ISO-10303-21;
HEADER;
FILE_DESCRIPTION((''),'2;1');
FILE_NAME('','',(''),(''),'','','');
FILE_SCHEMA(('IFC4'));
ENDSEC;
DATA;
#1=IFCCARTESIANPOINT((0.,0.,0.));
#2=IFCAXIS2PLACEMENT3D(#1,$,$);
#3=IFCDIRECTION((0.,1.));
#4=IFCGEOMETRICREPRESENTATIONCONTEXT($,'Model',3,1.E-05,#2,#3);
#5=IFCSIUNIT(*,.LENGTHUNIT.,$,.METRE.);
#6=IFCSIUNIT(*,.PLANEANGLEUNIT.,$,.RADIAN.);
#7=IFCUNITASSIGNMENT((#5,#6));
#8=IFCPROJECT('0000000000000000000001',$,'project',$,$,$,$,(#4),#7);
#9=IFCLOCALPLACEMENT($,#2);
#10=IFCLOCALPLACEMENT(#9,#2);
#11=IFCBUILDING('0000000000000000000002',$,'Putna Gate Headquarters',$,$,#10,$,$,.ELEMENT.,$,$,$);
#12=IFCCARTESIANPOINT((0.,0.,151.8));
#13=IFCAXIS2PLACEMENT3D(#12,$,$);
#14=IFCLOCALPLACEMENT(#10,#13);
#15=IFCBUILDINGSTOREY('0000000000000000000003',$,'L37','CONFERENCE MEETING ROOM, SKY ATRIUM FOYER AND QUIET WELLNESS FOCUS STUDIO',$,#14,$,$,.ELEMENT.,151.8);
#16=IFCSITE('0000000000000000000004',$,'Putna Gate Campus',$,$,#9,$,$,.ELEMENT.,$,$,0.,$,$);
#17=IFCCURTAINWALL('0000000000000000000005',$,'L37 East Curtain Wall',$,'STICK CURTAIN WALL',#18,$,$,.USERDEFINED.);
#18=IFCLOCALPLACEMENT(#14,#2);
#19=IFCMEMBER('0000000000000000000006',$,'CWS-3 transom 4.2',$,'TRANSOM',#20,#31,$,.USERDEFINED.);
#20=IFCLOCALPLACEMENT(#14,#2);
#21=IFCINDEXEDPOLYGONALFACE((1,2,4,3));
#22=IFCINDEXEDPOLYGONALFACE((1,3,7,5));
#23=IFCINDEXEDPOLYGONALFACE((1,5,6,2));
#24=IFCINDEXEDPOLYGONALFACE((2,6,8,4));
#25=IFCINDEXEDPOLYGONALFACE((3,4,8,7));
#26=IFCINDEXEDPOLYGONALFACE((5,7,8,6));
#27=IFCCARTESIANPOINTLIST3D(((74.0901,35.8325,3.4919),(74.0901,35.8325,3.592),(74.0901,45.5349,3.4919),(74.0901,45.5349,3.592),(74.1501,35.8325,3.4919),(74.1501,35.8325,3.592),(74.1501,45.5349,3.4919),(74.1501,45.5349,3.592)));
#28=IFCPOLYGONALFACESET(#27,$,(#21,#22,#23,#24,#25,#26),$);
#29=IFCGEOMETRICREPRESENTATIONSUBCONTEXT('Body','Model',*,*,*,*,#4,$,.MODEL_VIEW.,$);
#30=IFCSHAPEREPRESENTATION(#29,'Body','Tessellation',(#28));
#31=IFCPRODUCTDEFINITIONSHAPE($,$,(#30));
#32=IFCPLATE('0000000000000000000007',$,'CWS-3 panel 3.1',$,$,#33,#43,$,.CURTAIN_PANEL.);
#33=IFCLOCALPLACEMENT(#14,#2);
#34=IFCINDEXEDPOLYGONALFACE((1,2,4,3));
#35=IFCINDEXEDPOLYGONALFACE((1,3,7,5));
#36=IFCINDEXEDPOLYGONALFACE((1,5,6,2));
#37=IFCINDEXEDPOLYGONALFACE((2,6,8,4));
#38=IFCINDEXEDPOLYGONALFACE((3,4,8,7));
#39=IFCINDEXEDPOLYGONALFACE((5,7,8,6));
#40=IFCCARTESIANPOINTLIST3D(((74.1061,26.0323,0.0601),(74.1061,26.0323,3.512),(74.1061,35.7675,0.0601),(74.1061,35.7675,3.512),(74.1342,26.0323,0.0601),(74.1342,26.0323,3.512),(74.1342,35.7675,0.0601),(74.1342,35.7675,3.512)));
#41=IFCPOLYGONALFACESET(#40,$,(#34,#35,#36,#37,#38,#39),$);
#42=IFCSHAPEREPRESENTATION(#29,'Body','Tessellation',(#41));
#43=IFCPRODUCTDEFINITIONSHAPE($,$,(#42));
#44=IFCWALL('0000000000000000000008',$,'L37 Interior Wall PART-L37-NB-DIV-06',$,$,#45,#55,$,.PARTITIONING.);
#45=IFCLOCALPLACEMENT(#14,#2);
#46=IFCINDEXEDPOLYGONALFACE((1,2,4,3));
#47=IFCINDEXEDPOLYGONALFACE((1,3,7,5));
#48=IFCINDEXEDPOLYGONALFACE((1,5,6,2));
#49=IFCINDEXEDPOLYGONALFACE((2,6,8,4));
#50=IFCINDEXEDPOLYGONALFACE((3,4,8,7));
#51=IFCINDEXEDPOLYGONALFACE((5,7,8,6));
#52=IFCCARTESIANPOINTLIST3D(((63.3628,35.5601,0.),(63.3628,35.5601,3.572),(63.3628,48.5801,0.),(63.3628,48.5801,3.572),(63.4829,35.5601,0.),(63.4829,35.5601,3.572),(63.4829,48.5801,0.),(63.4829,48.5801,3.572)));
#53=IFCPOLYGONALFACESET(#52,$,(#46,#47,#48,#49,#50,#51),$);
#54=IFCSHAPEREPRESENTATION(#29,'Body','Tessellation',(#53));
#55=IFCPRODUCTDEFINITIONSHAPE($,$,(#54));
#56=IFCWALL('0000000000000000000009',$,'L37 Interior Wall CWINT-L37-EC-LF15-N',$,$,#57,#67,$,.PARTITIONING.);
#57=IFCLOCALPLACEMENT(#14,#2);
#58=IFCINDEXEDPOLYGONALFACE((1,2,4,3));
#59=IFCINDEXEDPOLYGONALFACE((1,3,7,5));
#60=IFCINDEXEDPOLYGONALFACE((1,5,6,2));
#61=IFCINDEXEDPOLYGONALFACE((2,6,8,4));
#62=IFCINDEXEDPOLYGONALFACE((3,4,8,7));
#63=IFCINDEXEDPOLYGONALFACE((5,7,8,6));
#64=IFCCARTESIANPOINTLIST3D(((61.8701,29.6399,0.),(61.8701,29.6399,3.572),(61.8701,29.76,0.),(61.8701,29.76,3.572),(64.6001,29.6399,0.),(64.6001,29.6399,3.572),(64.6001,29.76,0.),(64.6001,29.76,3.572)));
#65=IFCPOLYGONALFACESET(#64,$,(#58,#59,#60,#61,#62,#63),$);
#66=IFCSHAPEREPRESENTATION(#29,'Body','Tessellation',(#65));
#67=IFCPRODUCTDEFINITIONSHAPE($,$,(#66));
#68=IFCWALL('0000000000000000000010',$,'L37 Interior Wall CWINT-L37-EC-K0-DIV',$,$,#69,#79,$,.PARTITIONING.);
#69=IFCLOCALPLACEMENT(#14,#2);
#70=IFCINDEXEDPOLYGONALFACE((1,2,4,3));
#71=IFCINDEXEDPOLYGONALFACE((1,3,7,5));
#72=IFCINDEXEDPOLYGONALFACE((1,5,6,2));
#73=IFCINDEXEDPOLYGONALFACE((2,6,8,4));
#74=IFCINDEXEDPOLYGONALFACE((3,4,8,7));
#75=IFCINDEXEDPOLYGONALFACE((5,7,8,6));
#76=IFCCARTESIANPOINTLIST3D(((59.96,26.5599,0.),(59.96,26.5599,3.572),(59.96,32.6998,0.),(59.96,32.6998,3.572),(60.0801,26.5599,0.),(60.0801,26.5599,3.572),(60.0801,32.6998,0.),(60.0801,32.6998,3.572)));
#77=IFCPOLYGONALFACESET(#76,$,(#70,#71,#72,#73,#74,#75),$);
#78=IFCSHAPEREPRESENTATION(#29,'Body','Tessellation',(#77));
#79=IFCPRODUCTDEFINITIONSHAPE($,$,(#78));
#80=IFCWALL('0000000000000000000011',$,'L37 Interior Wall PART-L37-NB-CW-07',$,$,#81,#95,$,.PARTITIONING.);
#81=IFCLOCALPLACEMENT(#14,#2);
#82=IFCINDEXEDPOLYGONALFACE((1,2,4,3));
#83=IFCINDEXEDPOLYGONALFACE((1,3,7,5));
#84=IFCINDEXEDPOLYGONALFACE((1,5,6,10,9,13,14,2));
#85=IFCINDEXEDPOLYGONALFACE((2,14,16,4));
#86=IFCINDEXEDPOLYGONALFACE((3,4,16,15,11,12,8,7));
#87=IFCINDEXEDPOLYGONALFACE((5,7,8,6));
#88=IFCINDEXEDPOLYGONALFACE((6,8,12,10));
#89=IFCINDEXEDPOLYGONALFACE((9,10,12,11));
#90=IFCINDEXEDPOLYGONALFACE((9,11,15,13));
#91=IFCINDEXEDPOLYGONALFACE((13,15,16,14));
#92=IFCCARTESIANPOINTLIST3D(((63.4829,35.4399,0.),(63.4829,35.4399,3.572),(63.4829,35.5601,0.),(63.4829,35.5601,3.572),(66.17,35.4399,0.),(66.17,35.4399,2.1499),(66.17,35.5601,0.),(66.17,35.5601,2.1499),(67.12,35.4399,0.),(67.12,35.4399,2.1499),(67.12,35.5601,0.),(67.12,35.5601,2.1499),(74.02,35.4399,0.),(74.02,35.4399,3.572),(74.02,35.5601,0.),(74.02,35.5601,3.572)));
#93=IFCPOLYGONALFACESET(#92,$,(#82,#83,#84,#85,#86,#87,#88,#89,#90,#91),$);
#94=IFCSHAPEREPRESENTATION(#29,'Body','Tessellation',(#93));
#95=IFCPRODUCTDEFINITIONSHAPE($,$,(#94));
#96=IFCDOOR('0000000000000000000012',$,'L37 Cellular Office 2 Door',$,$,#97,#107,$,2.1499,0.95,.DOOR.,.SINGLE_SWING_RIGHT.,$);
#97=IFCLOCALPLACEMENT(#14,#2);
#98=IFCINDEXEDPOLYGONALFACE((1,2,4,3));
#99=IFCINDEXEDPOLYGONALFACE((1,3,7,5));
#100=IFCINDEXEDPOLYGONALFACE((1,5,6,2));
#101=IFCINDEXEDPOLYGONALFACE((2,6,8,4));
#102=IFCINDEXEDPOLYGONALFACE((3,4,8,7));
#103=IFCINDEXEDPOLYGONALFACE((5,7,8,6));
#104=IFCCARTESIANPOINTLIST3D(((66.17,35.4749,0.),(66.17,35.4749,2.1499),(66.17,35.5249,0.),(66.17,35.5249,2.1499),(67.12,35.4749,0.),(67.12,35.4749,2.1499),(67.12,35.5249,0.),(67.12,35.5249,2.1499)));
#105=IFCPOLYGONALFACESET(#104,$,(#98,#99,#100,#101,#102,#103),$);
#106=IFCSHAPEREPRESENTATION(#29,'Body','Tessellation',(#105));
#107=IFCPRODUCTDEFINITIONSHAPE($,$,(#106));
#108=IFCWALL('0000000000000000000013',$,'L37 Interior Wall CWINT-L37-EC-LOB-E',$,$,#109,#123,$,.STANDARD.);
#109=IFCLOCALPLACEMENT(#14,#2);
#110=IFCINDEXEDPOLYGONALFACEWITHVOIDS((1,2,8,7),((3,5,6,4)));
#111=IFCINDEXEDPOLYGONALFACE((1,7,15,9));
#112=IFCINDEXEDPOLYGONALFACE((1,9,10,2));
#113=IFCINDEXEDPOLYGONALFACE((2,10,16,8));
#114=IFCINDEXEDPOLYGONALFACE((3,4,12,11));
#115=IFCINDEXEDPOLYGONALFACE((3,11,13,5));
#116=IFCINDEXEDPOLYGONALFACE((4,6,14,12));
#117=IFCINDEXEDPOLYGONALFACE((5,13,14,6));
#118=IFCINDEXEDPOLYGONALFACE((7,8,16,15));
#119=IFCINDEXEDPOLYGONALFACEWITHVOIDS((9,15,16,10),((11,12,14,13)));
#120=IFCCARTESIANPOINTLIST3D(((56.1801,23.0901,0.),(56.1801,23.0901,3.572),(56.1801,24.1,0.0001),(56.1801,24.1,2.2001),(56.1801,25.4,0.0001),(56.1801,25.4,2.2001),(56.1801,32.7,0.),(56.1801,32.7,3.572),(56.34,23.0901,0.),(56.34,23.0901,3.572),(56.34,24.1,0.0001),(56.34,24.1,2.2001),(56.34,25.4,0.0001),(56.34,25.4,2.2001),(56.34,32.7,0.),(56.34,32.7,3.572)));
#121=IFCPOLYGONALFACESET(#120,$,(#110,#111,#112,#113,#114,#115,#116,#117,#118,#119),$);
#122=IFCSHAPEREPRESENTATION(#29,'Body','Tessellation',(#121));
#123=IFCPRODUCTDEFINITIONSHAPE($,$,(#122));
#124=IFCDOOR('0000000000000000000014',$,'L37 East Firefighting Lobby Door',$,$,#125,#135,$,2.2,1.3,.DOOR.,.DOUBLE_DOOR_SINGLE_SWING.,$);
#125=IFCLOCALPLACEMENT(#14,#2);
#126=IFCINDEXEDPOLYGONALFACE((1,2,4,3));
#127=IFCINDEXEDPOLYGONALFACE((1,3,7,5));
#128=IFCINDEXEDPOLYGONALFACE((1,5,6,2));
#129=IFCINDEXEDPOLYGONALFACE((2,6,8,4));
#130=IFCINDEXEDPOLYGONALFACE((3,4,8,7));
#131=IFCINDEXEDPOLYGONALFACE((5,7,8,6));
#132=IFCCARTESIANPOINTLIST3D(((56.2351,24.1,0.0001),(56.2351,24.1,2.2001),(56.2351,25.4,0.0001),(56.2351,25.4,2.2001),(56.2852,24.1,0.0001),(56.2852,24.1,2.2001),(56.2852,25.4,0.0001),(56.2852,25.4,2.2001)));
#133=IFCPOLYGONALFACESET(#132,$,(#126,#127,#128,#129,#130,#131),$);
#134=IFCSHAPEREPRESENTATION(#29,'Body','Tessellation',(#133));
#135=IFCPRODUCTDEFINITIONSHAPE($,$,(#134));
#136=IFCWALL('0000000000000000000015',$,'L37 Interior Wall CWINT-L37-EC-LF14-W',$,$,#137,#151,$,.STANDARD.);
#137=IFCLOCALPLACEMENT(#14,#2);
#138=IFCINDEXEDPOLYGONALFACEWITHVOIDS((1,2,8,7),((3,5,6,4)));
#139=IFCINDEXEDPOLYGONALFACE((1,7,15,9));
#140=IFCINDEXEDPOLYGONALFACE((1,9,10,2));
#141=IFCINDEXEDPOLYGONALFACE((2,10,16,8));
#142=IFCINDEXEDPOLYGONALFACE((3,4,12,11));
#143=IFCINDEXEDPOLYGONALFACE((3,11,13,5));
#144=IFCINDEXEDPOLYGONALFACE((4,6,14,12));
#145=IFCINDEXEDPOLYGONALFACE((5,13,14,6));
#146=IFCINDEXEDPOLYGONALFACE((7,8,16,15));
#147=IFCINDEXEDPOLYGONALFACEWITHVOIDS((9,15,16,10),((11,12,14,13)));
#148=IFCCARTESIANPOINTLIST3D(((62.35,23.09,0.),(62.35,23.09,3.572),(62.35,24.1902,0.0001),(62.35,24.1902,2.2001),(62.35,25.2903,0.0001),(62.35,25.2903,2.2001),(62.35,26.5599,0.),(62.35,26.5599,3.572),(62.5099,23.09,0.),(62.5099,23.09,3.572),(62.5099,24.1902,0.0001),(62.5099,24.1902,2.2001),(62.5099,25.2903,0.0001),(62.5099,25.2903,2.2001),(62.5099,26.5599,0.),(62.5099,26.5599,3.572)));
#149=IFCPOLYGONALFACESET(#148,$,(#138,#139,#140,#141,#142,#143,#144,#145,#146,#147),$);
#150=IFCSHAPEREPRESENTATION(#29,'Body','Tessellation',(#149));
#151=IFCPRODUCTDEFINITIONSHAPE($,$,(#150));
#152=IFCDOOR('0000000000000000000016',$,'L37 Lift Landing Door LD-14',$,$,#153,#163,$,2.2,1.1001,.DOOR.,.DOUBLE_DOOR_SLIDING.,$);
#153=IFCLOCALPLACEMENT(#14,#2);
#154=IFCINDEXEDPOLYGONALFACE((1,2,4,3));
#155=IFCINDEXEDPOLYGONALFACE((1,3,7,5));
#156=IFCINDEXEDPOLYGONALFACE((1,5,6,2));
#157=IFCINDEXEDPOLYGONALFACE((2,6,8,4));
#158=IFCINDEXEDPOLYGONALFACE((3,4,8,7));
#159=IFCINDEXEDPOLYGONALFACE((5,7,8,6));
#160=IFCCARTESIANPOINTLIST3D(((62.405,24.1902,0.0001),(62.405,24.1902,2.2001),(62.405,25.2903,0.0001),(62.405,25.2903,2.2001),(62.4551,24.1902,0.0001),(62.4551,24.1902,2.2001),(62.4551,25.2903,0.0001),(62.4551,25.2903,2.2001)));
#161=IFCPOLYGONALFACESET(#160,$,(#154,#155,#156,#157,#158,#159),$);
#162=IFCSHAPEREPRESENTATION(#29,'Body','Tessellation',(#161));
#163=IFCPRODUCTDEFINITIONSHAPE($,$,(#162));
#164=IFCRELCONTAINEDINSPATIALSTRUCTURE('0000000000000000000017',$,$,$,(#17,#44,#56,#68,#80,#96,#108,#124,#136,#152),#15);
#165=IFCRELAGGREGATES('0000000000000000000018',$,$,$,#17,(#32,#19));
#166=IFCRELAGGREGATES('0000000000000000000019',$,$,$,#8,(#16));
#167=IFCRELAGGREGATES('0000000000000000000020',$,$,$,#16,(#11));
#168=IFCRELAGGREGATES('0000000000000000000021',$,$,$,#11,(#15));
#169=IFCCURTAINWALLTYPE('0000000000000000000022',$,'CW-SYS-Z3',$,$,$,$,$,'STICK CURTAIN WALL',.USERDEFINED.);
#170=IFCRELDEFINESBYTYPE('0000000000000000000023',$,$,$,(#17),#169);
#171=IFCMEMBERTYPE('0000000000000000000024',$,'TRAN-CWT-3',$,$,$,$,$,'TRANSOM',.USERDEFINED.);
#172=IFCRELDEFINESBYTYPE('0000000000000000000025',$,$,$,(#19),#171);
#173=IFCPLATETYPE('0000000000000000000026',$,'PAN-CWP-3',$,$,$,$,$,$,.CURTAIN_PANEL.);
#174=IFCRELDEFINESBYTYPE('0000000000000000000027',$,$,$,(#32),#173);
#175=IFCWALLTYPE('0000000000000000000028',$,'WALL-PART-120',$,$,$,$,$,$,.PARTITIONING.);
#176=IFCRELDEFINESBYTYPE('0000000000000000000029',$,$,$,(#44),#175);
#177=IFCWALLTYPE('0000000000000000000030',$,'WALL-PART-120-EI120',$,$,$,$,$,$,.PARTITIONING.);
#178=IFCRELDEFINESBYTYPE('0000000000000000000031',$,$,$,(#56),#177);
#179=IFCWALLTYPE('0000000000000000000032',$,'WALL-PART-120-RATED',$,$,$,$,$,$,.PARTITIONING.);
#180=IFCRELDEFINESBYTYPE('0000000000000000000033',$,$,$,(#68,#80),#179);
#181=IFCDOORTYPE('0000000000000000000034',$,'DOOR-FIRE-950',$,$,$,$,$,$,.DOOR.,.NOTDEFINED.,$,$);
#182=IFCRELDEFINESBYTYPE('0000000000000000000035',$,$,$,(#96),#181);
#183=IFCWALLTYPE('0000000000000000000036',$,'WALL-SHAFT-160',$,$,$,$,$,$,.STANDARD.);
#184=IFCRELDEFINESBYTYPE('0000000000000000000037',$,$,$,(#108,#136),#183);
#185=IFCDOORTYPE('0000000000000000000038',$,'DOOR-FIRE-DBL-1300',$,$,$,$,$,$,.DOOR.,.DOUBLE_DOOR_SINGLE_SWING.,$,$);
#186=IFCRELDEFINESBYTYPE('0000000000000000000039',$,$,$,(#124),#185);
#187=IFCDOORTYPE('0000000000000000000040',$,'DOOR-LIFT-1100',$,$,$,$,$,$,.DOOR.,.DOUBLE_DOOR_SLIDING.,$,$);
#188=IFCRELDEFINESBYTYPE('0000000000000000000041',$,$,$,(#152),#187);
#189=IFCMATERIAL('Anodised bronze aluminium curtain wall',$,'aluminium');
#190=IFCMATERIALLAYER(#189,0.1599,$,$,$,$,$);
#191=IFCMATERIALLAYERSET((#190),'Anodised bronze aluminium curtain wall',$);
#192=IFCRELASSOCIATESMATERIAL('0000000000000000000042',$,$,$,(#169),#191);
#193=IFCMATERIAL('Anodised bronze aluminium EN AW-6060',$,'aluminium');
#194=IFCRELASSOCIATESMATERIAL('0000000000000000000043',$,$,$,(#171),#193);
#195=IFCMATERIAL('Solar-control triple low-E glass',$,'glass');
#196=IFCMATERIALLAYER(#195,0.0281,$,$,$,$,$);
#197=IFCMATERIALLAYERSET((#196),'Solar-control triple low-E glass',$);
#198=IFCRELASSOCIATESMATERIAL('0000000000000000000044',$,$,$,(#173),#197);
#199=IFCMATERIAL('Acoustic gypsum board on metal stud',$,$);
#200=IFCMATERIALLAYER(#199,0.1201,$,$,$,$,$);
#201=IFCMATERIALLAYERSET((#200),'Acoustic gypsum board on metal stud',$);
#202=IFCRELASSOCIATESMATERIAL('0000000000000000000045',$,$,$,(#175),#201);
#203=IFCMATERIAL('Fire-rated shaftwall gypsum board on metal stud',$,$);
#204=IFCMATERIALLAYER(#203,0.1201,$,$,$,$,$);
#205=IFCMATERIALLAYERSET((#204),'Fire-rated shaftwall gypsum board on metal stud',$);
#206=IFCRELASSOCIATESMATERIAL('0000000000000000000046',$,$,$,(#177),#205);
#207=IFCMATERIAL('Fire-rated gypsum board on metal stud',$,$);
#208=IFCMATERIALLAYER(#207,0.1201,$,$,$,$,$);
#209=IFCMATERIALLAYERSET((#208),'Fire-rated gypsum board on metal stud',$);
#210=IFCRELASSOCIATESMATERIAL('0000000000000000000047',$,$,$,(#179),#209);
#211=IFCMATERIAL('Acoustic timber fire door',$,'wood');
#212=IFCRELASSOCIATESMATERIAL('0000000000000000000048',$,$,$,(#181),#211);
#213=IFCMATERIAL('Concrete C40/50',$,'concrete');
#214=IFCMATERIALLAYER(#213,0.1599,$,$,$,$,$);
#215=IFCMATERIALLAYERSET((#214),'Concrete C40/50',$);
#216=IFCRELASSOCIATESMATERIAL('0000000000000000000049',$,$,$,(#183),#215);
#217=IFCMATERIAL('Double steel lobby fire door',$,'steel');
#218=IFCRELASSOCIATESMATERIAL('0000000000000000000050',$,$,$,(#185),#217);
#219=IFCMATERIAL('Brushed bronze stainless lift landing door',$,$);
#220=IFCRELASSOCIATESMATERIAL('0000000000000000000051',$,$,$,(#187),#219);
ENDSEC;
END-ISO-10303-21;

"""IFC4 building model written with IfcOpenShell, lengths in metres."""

from ifc_helpers import new_model, si_unit, direction, frame, frame_2d, origin, origin_2d, place, context, subcontext, project, spatial, rectangle, extrude, material, layer, layer_set, material_profile, profile_set, type_object, element, fill, aggregate, save


model = new_model("IFC4")

# Units and contexts
model_context = context("Model", 3, precision=1e-05, world=origin(), true_north=direction((0.0, 1.0)))
body_context = subcontext(model_context, "Body", "Model", "MODEL_VIEW")
ifc_project = project(units=[si_unit("LENGTHUNIT", "METRE"), si_unit("PLANEANGLEUNIT", "RADIAN")], contexts=[model_context])

# Site, building, storey
site_placement = place(None, origin())
site = spatial("IfcSite", under=ifc_project, at=site_placement, Name="Putna Gate Campus", CompositionType="ELEMENT", RefElevation=0.0)
building_placement = place(site_placement, origin())
building = spatial("IfcBuilding", under=site, at=building_placement, Name="Putna Gate Headquarters", CompositionType="ELEMENT")
storey_placement = place(building_placement, frame((0.0, 0.0, 151.8)))
storey = spatial("IfcBuildingStorey", under=building, at=storey_placement, Name="L37", Description="CONFERENCE MEETING ROOM, SKY ATRIUM FOYER AND QUIET WELLNESS FOCUS STUDIO", CompositionType="ELEMENT", Elevation=151.8)

# Curtain wall, member, plate
ifc_material_1 = material(Name="Anodised bronze aluminium curtain wall", Category="aluminium")
ifc_layer_1 = layer(ifc_material_1, 0.1599)
ifc_layer_set_1 = layer_set([ifc_layer_1], Name="Anodised bronze aluminium curtain wall")
curtain_wall_type = type_object("IfcCurtainWallType", Name="CW-SYS-Z3", ElementType="STICK CURTAIN WALL", PredefinedType="USERDEFINED", material=ifc_layer_set_1)
curtain_wall_placement = place(storey_placement, origin())
curtain_wall = element("IfcCurtainWall", 1, at=curtain_wall_placement, inside=storey, type_object=curtain_wall_type, Name="L37 East Curtain Wall", ObjectType="STICK CURTAIN WALL", PredefinedType="USERDEFINED")
ifc_material_2 = material(Name="Anodised bronze aluminium EN AW-6060", Category="aluminium")
ifc_material_profile_1 = material_profile(ifc_material_2, rectangle(XDim=0.0601, YDim=0.1001, at=origin_2d()), Name="Anodised bronze aluminium EN AW-6060")
ifc_profile_set_1 = profile_set([ifc_material_profile_1], Name="Anodised bronze aluminium EN AW-6060")
member_type_1 = type_object("IfcMemberType", Name="TRAN-CWT-3", ElementType="TRANSOM", PredefinedType="USERDEFINED", material=ifc_profile_set_1)
member_1_placement = place(storey_placement, frame((74.1201, 35.8325, 3.542), z_axis=(0.0, 1.0, 0.0), x_axis=(-1.0, 0.0, 0.0)))
member_1 = element("IfcMember", 2, at=member_1_placement, type_object=member_type_1, Name="CWS-3 transom 4.2", ObjectType="TRANSOM", PredefinedType="USERDEFINED", context=body_context, shape_type="SweptSolid", body=[
    extrude(rectangle(XDim=0.0601, YDim=0.1001, at=origin_2d()), origin(), (0.0, 0.0, 1.0), 9.7024),
])
ifc_material_3 = material(Name="Solar-control triple low-E glass", Category="glass")
ifc_layer_2 = layer(ifc_material_3, 0.0281)
ifc_layer_set_2 = layer_set([ifc_layer_2], Name="Solar-control triple low-E glass")
plate_type = type_object("IfcPlateType", Name="PAN-CWP-3", PredefinedType="CURTAIN_PANEL", material=ifc_layer_set_2)
plate_placement = place(storey_placement, frame((74.1201, 30.8999, 0.0601), z_axis=(0.0, 0.0, 1.0), x_axis=(0.0, 1.0, 0.0)))
plate = element("IfcPlate", 3, at=plate_placement, type_object=plate_type, Name="CWS-3 panel 3.1", PredefinedType="CURTAIN_PANEL", context=body_context, shape_type="SweptSolid", body=[
    extrude(rectangle(XDim=9.7351, YDim=0.0281, at=origin_2d()), origin(), (0.0, 0.0, 1.0), 3.4519),
])
aggregate(curtain_wall, [plate, member_1])

# Walls
ifc_material_4 = material(Name="Acoustic gypsum board on metal stud")
ifc_layer_3 = layer(ifc_material_4, 0.1201)
ifc_layer_set_3 = layer_set([ifc_layer_3], Name="Acoustic gypsum board on metal stud")
wall_type_1 = type_object("IfcWallType", Name="WALL-PART-120", PredefinedType="PARTITIONING", material=ifc_layer_set_3)
wall_1_placement = place(storey_placement, frame((63.4229, 35.5601, 0.0), z_axis=(0.0, 0.0, 1.0), x_axis=(0.0, 1.0, 0.0)))
element("IfcWall", 4, at=wall_1_placement, inside=storey, type_object=wall_type_1, Name="L37 Interior Wall PART-L37-NB-DIV-06", PredefinedType="PARTITIONING", context=body_context, shape_type="SweptSolid", body=[
    extrude(rectangle(XDim=13.02, YDim=0.1201, at=frame_2d((6.51, 0.0))), origin(), (0.0, 0.0, 1.0), 3.572),
])
ifc_material_5 = material(Name="Fire-rated shaftwall gypsum board on metal stud")
ifc_layer_4 = layer(ifc_material_5, 0.1201)
ifc_layer_set_4 = layer_set([ifc_layer_4], Name="Fire-rated shaftwall gypsum board on metal stud")
wall_type_2 = type_object("IfcWallType", Name="WALL-PART-120-EI120", PredefinedType="PARTITIONING", material=ifc_layer_set_4)
wall_2_placement = place(storey_placement, frame((61.8701, 29.7, 0.0), z_axis=(0.0, 0.0, 1.0), x_axis=(1.0, 0.0, 0.0)))
element("IfcWall", 5, at=wall_2_placement, inside=storey, type_object=wall_type_2, Name="L37 Interior Wall CWINT-L37-EC-LF15-N", PredefinedType="PARTITIONING", context=body_context, shape_type="SweptSolid", body=[
    extrude(rectangle(XDim=2.73, YDim=0.1201, at=frame_2d((1.365, 0.0))), origin(), (0.0, 0.0, 1.0), 3.572),
])
ifc_material_6 = material(Name="Fire-rated gypsum board on metal stud")
ifc_layer_5 = layer(ifc_material_6, 0.1201)
ifc_layer_set_5 = layer_set([ifc_layer_5], Name="Fire-rated gypsum board on metal stud")
wall_type_3 = type_object("IfcWallType", Name="WALL-PART-120-RATED", PredefinedType="PARTITIONING", material=ifc_layer_set_5)
wall_3_placement = place(storey_placement, frame((60.02, 26.5601, 0.0), z_axis=(0.0, 0.0, 1.0), x_axis=(0.0, 1.0, 0.0)))
element("IfcWall", 6, at=wall_3_placement, inside=storey, type_object=wall_type_3, Name="L37 Interior Wall CWINT-L37-EC-K0-DIV", PredefinedType="PARTITIONING", context=body_context, shape_type="SweptSolid", body=[
    extrude(rectangle(XDim=6.1399, YDim=0.1201, at=frame_2d((3.0698, 0.0))), origin(), (0.0, 0.0, 1.0), 3.572),
])

# Walls, openings, doors
wall_4_placement = place(storey_placement, frame((63.4829, 35.5, 0.0), z_axis=(0.0, 0.0, 1.0), x_axis=(1.0, 0.0, 0.0)))
wall_4 = element("IfcWall", 7, at=wall_4_placement, inside=storey, type_object=wall_type_3, Name="L37 Interior Wall PART-L37-NB-CW-07", PredefinedType="PARTITIONING", context=body_context, shape_type="SweptSolid", body=[
    extrude(rectangle(XDim=10.5371, YDim=0.1201, at=frame_2d((5.2686, 0.0))), origin(), (0.0, 0.0, 1.0), 3.572),
])
opening_1_placement = place(wall_4_placement, frame((2.687, 0.0, 0.0)))
opening_1 = element("IfcOpeningElement", 8, at=opening_1_placement, cuts=wall_4, PredefinedType="OPENING", context=body_context, shape_type="SweptSolid", body=[
    extrude(rectangle(XDim=0.95, YDim=2.1499, at=frame_2d((0.4751, 1.075))), frame((0.0, 0.0701, 0.0), z_axis=(0.0, -1.0, 0.0), x_axis=(1.0, 0.0, 0.0)), (0.0, 0.0, 1.0), 0.1401),
])
ifc_material_7 = material(Name="Acoustic timber fire door", Category="wood")
door_type_1 = type_object("IfcDoorType", Name="DOOR-FIRE-950", OperationType="NOTDEFINED", PredefinedType="DOOR", material=ifc_material_7)
door_1_placement = place(opening_1_placement, origin())
door_1 = element("IfcDoor", 9, at=door_1_placement, inside=storey, type_object=door_type_1, Name="L37 Cellular Office 2 Door", OperationType="SINGLE_SWING_RIGHT", OverallHeight=2.1499, OverallWidth=0.95, PredefinedType="DOOR", context=body_context, shape_type="SweptSolid", body=[
    extrude(rectangle(XDim=0.95, YDim=2.1499, at=frame_2d((0.4751, 1.075))), frame((0.0, 0.0249, 0.0), z_axis=(0.0, -1.0, 0.0), x_axis=(1.0, 0.0, 0.0)), (0.0, 0.0, 1.0), 0.05),
])
fill(opening_1, door_1)
ifc_material_8 = material(Name="Concrete C40/50", Category="concrete")
ifc_layer_6 = layer(ifc_material_8, 0.1599)
ifc_layer_set_6 = layer_set([ifc_layer_6], Name="Concrete C40/50")
wall_type_4 = type_object("IfcWallType", Name="WALL-SHAFT-160", PredefinedType="STANDARD", material=ifc_layer_set_6)
wall_5_placement = place(storey_placement, frame((56.26, 23.0901, 0.0), z_axis=(0.0, 0.0, 1.0), x_axis=(0.0, 1.0, 0.0)))
wall_5 = element("IfcWall", 10, at=wall_5_placement, inside=storey, type_object=wall_type_4, Name="L37 Interior Wall CWINT-L37-EC-LOB-E", PredefinedType="STANDARD", context=body_context, shape_type="SweptSolid", body=[
    extrude(rectangle(XDim=9.6099, YDim=0.1599, at=frame_2d((4.8049, 0.0))), origin(), (0.0, 0.0, 1.0), 3.572),
])
opening_2_placement = place(wall_5_placement, frame((1.01, 0.0, 0.0)))
opening_2 = element("IfcOpeningElement", 11, at=opening_2_placement, cuts=wall_5, PredefinedType="OPENING", context=body_context, shape_type="SweptSolid", body=[
    extrude(rectangle(XDim=1.3, YDim=2.2, at=frame_2d((0.6499, 1.1001))), frame((0.0, 0.0898, 0.0), z_axis=(0.0, -1.0, 0.0), x_axis=(1.0, 0.0, 0.0)), (0.0, 0.0, 1.0), 0.1799),
])
ifc_material_9 = material(Name="Double steel lobby fire door", Category="steel")
door_type_2 = type_object("IfcDoorType", Name="DOOR-FIRE-DBL-1300", OperationType="DOUBLE_DOOR_SINGLE_SWING", PredefinedType="DOOR", material=ifc_material_9)
door_2_placement = place(opening_2_placement, origin())
door_2 = element("IfcDoor", 12, at=door_2_placement, inside=storey, type_object=door_type_2, Name="L37 East Firefighting Lobby Door", OperationType="DOUBLE_DOOR_SINGLE_SWING", OverallHeight=2.2, OverallWidth=1.3, PredefinedType="DOOR", context=body_context, shape_type="SweptSolid", body=[
    extrude(rectangle(XDim=1.3, YDim=2.2, at=frame_2d((0.6499, 1.1001))), frame((0.0, 0.0249, 0.0), z_axis=(0.0, -1.0, 0.0), x_axis=(1.0, 0.0, 0.0)), (0.0, 0.0, 1.0), 0.05),
])
fill(opening_2, door_2)
wall_6_placement = place(storey_placement, frame((62.4299, 23.0901, 0.0), z_axis=(0.0, 0.0, 1.0), x_axis=(0.0, 1.0, 0.0)))
wall_6 = element("IfcWall", 13, at=wall_6_placement, inside=storey, type_object=wall_type_4, Name="L37 Interior Wall CWINT-L37-EC-LF14-W", PredefinedType="STANDARD", context=body_context, shape_type="SweptSolid", body=[
    extrude(rectangle(XDim=3.47, YDim=0.1599, at=frame_2d((1.7349, 0.0))), origin(), (0.0, 0.0, 1.0), 3.572),
])
opening_3_placement = place(wall_6_placement, frame((1.1001, 0.0, 0.0)))
opening_3 = element("IfcOpeningElement", 14, at=opening_3_placement, cuts=wall_6, PredefinedType="OPENING", context=body_context, shape_type="SweptSolid", body=[
    extrude(rectangle(XDim=1.1001, YDim=2.2, at=frame_2d((0.55, 1.1001))), frame((0.0, 0.0898, 0.0), z_axis=(0.0, -1.0, 0.0), x_axis=(1.0, 0.0, 0.0)), (0.0, 0.0, 1.0), 0.1799),
])
ifc_material_10 = material(Name="Brushed bronze stainless lift landing door")
door_type_3 = type_object("IfcDoorType", Name="DOOR-LIFT-1100", OperationType="DOUBLE_DOOR_SLIDING", PredefinedType="DOOR", material=ifc_material_10)
door_3_placement = place(opening_3_placement, origin())
door_3 = element("IfcDoor", 15, at=door_3_placement, inside=storey, type_object=door_type_3, Name="L37 Lift Landing Door LD-14", OperationType="DOUBLE_DOOR_SLIDING", OverallHeight=2.2, OverallWidth=1.1001, PredefinedType="DOOR", context=body_context, shape_type="SweptSolid", body=[
    extrude(rectangle(XDim=1.1001, YDim=2.2, at=frame_2d((0.55, 1.1001))), frame((0.0, 0.0249, 0.0), z_axis=(0.0, -1.0, 0.0), x_axis=(1.0, 0.0, 0.0)), (0.0, 0.0, 1.0), 0.05),
])
fill(opening_3, door_3)

save(model, "model.ifc")
